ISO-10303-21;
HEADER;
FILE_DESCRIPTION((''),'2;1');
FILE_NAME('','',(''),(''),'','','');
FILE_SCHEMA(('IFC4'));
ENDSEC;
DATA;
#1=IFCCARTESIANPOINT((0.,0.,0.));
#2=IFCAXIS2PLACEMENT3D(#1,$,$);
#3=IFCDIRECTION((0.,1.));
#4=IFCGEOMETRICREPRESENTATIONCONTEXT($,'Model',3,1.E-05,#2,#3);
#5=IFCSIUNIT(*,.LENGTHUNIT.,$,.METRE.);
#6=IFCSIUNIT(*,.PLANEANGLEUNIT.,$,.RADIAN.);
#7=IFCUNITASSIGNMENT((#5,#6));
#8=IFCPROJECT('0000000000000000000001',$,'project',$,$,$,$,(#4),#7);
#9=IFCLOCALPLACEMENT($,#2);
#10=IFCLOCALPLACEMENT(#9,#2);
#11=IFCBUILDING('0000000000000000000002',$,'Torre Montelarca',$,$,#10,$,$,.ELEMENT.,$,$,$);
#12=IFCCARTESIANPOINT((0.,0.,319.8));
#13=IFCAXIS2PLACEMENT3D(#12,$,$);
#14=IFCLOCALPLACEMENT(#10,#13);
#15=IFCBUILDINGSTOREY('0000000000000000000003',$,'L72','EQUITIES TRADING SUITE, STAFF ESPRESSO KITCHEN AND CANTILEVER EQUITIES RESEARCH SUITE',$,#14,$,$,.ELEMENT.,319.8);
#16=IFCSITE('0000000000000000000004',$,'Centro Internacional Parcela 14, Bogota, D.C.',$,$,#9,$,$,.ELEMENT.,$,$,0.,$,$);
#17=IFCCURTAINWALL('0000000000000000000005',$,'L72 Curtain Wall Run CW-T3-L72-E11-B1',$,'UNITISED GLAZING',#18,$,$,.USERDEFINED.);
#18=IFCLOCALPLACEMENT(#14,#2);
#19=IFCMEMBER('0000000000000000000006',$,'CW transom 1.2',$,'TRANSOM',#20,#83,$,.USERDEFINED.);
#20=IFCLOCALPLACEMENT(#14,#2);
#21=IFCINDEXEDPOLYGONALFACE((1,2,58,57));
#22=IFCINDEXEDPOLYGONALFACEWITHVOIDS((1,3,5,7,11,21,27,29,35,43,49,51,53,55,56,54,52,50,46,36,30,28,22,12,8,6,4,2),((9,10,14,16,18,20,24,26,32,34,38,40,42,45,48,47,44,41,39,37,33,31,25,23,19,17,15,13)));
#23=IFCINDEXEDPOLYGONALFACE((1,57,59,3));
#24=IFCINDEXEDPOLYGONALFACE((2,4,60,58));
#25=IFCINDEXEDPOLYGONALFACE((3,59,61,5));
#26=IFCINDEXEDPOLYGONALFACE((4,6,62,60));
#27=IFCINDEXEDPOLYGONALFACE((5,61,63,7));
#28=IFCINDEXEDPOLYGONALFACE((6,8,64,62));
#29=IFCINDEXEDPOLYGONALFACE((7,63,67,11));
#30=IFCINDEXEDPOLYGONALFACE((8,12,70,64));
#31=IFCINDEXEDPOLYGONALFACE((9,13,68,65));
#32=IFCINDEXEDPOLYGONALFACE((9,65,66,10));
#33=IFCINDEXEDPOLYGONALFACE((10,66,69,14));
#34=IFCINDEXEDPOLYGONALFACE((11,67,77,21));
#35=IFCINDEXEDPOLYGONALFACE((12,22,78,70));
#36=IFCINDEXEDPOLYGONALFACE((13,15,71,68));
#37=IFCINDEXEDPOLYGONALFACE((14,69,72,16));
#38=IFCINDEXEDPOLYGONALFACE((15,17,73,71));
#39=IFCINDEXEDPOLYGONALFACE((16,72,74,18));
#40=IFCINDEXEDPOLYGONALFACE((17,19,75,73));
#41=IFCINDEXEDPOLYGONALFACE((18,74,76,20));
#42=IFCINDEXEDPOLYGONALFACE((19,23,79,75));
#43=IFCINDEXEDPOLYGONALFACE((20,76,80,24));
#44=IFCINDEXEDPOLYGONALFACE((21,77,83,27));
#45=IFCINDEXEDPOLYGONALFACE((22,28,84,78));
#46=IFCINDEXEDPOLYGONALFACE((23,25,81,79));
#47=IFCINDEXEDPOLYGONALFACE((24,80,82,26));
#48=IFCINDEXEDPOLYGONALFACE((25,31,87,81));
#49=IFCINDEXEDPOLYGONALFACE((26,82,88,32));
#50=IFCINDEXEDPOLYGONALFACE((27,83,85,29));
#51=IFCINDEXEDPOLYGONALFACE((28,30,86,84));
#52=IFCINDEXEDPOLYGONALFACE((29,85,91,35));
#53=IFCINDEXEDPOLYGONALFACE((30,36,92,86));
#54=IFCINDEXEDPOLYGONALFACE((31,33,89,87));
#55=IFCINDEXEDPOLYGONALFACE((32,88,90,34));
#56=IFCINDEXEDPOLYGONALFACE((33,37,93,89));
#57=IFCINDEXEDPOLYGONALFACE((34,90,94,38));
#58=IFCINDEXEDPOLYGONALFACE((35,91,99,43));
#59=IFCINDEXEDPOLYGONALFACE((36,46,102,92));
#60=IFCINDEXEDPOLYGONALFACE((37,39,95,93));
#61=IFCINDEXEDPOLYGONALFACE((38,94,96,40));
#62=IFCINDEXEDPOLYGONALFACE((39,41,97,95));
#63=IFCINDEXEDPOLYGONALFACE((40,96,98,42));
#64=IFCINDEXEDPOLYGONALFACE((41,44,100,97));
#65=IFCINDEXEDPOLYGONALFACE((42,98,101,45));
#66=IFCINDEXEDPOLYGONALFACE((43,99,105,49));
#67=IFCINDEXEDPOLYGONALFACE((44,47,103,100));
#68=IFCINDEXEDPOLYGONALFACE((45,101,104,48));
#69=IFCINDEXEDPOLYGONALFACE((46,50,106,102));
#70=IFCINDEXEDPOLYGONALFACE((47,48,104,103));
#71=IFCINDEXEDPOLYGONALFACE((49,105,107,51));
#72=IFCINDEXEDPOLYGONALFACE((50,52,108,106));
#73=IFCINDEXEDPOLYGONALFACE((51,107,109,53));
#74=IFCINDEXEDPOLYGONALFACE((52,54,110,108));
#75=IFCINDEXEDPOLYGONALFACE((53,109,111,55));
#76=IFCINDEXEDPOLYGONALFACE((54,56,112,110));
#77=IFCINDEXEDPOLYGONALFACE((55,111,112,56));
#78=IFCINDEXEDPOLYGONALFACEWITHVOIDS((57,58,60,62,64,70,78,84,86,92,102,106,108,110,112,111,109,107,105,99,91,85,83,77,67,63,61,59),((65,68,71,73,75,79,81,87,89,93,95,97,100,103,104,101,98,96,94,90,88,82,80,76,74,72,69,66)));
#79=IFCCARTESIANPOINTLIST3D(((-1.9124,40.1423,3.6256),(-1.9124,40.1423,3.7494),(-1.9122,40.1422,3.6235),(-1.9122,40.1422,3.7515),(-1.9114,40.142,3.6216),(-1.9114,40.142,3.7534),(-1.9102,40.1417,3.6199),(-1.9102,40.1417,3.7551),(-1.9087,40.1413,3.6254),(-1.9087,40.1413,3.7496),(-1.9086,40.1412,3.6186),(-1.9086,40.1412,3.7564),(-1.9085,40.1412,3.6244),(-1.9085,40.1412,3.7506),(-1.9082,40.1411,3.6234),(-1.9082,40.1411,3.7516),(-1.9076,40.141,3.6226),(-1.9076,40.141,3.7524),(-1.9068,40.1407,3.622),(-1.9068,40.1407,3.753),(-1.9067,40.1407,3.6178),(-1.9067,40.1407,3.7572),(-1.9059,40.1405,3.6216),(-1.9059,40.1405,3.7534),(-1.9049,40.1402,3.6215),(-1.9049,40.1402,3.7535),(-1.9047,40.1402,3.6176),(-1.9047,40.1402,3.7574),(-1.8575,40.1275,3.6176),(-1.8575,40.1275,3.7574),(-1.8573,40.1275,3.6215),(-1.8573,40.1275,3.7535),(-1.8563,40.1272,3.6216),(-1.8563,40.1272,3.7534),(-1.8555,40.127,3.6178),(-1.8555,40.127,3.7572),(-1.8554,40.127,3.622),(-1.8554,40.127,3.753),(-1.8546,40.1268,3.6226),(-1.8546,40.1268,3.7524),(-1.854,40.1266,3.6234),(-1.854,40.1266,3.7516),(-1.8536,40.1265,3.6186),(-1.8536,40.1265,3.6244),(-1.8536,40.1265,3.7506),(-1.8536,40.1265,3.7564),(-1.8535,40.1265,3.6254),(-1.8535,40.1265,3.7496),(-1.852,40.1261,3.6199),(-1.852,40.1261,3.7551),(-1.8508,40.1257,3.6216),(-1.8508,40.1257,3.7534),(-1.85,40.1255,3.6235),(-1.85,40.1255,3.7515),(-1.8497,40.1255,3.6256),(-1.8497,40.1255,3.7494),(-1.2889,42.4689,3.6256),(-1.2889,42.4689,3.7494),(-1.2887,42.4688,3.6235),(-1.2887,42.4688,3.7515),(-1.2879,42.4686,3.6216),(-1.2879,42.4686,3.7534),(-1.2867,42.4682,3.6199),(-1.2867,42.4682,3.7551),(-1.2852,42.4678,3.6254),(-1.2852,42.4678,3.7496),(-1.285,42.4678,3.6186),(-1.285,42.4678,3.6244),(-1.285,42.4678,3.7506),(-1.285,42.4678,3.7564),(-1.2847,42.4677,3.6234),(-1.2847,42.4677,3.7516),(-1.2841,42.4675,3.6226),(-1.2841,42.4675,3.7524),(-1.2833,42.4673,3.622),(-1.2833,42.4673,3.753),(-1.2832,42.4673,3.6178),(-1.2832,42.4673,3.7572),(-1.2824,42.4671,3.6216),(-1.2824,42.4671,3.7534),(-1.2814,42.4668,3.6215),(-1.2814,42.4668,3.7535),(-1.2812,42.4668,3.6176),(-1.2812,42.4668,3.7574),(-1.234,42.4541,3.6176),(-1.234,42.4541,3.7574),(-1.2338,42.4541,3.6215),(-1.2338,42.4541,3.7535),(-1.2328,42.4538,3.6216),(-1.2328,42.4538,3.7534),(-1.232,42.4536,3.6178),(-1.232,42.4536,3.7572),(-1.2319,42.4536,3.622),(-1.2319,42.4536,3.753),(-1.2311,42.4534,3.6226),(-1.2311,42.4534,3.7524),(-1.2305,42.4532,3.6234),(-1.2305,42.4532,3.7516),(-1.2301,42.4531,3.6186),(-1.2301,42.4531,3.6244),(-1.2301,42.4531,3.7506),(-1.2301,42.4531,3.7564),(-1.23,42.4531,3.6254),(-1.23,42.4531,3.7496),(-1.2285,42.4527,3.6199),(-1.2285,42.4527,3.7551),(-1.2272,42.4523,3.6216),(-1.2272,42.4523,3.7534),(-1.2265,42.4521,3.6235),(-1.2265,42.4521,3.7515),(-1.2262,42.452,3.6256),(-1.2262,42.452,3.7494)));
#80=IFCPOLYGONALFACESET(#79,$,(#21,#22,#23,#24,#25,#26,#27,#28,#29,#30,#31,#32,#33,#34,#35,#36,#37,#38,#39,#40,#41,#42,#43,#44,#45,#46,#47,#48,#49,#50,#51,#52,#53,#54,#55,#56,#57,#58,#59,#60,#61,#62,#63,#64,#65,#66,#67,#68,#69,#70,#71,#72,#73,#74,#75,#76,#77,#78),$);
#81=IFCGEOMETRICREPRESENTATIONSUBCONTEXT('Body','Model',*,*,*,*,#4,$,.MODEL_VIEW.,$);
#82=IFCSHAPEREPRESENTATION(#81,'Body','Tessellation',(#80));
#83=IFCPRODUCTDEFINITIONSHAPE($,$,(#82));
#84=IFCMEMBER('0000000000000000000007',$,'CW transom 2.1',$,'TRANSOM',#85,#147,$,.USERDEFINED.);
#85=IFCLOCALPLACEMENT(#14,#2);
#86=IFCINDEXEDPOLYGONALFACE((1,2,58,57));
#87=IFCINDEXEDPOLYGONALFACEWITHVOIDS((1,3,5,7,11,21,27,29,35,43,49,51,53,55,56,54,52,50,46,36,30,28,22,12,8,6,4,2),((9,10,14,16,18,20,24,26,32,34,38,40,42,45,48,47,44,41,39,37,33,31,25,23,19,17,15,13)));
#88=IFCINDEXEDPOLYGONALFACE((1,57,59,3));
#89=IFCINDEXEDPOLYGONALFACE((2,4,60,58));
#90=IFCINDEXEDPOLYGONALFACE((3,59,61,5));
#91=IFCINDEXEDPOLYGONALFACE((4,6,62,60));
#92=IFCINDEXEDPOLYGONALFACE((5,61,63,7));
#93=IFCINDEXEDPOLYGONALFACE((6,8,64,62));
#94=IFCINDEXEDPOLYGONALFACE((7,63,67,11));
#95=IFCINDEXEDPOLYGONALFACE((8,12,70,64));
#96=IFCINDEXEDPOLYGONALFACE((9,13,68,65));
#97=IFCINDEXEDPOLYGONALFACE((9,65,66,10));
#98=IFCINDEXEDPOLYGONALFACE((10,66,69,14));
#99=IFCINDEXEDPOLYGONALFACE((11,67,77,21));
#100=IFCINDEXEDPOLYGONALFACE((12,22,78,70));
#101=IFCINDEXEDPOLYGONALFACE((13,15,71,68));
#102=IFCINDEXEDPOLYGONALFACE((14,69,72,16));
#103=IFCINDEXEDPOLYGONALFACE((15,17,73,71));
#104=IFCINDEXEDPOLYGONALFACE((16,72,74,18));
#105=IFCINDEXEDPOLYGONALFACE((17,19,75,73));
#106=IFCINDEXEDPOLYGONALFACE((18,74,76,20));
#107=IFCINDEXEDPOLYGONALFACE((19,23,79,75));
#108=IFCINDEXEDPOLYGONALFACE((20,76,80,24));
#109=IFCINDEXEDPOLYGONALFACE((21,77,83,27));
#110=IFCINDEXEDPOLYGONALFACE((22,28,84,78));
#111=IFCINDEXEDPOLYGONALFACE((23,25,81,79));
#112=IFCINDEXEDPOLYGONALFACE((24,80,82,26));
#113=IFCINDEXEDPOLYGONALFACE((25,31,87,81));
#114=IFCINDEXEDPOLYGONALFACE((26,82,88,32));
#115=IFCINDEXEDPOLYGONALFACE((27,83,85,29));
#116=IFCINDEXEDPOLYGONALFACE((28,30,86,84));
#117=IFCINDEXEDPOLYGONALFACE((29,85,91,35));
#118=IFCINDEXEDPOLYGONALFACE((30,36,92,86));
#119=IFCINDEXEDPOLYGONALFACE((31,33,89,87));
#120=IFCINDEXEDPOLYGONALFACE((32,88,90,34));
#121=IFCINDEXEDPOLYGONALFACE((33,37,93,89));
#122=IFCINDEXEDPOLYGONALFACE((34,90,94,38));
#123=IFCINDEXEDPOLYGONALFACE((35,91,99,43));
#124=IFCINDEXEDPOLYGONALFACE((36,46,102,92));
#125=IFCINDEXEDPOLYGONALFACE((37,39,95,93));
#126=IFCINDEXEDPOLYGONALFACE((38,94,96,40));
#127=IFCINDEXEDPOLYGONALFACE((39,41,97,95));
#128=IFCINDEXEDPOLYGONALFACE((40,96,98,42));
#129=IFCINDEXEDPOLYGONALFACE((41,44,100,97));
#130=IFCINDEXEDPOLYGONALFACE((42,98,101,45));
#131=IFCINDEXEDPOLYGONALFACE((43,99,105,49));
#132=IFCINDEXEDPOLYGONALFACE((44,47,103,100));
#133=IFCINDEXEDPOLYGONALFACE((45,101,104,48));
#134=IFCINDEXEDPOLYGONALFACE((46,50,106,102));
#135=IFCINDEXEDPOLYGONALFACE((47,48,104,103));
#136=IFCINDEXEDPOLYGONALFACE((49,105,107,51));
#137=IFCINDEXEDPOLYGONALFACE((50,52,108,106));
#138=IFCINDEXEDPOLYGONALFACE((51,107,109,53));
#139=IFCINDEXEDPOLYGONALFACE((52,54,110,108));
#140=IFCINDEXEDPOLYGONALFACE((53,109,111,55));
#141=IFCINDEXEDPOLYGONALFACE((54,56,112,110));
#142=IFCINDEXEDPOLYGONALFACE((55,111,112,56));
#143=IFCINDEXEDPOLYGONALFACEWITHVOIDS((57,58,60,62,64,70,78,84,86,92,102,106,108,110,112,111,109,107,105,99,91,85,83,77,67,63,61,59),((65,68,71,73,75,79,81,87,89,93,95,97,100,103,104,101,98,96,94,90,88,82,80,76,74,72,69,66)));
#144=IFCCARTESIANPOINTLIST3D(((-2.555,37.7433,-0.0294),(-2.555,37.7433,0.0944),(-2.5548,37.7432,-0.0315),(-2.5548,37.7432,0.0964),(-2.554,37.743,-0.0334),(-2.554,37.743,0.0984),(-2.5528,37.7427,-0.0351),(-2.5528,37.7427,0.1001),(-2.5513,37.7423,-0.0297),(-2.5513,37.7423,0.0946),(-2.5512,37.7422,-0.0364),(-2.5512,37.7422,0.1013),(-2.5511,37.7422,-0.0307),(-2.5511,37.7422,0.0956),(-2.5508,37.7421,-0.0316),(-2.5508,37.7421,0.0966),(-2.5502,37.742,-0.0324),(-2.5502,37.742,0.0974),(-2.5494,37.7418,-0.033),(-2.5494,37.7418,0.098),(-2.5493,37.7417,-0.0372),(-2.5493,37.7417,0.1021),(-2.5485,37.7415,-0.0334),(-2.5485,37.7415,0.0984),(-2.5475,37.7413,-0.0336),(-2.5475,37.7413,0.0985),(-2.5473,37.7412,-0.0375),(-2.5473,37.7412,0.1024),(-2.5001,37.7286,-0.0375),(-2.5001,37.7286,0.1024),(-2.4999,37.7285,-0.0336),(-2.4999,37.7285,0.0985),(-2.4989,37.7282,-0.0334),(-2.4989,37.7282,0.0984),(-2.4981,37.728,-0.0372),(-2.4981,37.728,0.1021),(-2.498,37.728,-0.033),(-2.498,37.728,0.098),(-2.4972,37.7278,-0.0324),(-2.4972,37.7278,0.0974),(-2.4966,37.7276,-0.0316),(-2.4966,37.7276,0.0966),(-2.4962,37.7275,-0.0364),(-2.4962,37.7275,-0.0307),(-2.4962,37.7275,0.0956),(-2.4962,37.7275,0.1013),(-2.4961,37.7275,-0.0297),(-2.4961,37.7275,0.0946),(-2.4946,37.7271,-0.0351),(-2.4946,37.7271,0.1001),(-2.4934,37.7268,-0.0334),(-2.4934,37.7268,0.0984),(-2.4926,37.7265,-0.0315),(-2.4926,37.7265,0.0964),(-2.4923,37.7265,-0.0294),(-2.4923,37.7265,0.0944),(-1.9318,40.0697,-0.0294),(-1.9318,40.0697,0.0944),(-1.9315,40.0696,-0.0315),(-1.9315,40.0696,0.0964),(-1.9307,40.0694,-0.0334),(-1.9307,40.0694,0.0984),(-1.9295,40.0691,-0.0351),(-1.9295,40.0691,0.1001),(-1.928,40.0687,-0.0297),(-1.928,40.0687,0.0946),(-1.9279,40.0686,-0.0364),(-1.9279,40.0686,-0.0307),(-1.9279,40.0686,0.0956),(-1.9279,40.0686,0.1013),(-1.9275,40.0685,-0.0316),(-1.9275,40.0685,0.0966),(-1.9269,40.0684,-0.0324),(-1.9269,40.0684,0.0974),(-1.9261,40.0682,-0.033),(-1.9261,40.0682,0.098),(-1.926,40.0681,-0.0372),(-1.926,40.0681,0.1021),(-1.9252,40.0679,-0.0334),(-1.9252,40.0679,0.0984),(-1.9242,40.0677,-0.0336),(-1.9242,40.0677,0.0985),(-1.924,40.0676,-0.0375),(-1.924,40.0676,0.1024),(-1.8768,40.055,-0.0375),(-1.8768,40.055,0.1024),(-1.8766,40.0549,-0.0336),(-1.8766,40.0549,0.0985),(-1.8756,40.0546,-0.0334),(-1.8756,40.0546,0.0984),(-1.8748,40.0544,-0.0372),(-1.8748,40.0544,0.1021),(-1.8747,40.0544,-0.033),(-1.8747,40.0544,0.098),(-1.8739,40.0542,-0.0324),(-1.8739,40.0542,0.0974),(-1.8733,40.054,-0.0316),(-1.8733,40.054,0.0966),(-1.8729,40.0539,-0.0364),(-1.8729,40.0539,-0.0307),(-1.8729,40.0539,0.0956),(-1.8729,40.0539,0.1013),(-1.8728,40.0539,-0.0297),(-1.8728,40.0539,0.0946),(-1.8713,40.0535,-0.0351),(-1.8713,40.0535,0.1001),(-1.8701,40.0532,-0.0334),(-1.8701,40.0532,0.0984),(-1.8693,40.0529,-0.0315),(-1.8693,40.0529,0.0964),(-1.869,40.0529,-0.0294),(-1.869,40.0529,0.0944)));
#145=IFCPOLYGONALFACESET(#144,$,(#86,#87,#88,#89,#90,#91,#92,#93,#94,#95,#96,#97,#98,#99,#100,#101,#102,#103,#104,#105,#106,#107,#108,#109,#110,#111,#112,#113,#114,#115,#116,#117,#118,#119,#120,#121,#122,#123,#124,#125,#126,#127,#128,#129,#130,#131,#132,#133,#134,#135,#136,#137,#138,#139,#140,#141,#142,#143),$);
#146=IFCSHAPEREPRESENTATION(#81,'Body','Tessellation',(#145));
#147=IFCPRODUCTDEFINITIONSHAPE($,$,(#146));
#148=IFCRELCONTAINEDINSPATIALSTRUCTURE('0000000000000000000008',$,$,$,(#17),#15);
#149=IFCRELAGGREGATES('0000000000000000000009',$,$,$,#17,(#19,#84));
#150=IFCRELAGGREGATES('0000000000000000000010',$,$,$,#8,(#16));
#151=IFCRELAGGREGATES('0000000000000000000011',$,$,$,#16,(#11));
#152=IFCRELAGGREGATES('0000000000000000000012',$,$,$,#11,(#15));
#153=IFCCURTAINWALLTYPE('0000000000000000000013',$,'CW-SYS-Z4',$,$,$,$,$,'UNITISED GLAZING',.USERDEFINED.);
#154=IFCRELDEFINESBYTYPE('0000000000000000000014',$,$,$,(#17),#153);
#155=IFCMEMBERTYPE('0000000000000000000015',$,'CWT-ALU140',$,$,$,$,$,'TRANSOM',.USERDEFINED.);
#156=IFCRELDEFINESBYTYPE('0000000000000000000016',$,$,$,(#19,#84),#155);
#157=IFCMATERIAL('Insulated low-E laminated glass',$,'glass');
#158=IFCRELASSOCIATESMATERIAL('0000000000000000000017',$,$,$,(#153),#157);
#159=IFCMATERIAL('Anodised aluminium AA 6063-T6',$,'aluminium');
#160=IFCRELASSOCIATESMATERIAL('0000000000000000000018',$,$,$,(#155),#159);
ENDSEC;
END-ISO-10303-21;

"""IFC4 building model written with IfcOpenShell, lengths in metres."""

from ifc_helpers import new_model, si_unit, direction, frame, origin, origin_2d, place, context, subcontext, project, spatial, hollow_rectangle, extrude, source, transform, mapped, material, material_profile, profile_set, type_object, element, aggregate, save


model = new_model("IFC4")

# Units and contexts
model_context = context("Model", 3, precision=1e-05, world=origin(), true_north=direction((0.0, 1.0)))
body_context = subcontext(model_context, "Body", "Model", "MODEL_VIEW")
ifc_project = project(units=[si_unit("LENGTHUNIT", "METRE"), si_unit("PLANEANGLEUNIT", "RADIAN")], contexts=[model_context])

# Site, building, storey
site_placement = place(None, origin())
site = spatial("IfcSite", under=ifc_project, at=site_placement, Name="Centro Internacional Parcela 14, Bogota, D.C.", CompositionType="ELEMENT", RefElevation=0.0)
building_placement = place(site_placement, origin())
building = spatial("IfcBuilding", under=site, at=building_placement, Name="Torre Montelarca", CompositionType="ELEMENT")
storey_placement = place(building_placement, frame((0.0, 0.0, 319.8)))
storey = spatial("IfcBuildingStorey", under=building, at=storey_placement, Name="L72", Description="EQUITIES TRADING SUITE, STAFF ESPRESSO KITCHEN AND CANTILEVER EQUITIES RESEARCH SUITE", CompositionType="ELEMENT", Elevation=319.8)

# Shared definitions
ifc_material_1 = material(Name="Insulated low-E laminated glass", Category="glass")
curtain_wall_type = type_object("IfcCurtainWallType", Name="CW-SYS-Z4", ElementType="UNITISED GLAZING", PredefinedType="USERDEFINED", material=ifc_material_1)
ifc_material_2 = material(Name="Anodised aluminium AA 6063-T6", Category="aluminium")

# Curtain wall, members
curtain_wall_1_placement = place(storey_placement, origin())
curtain_wall_1 = element("IfcCurtainWall", 1, at=curtain_wall_1_placement, inside=storey, type_object=curtain_wall_type, Name="L72 Curtain Wall Run CW-T3-L72-E11-B1", ObjectType="UNITISED GLAZING", PredefinedType="USERDEFINED")
ifc_material_profile_1 = material_profile(ifc_material_2, hollow_rectangle(XDim=0.0649, YDim=0.1399, WallThickness=0.0039, InnerFilletRadius=0.0039, OuterFilletRadius=0.0081, at=origin_2d()), Name="ALU65X140X4", Category="aluminium")
ifc_profile_set_1 = profile_set([ifc_material_profile_1], Name="Anodised aluminium AA 6063-T6")
member_type_1 = type_object("IfcMemberType", Name="CWT-ALU140", ElementType="TRANSOM", PredefinedType="USERDEFINED", material=ifc_profile_set_1)
shared_shape_1 = source(origin(), body_context, "Body", "SweptSolid", [
    extrude(hollow_rectangle(XDim=0.0649, YDim=0.1399, WallThickness=0.0039, InnerFilletRadius=0.0039, OuterFilletRadius=0.0081, at=origin_2d()), origin(), (0.0, 0.0, 1.0), 2.4087),
])
member_1_placement = place(storey_placement, frame((-1.2576, 42.4604, 3.6875), z_axis=(-0.258861, -0.965915, 0.0), x_axis=(0.965915, -0.258861, 0.0)))
member_1 = element("IfcMember", 2, at=member_1_placement, type_object=member_type_1, Name="CW transom 1.2", ObjectType="TRANSOM", PredefinedType="USERDEFINED", context=body_context, shape_type="MappedRepresentation", body=[
    mapped(shared_shape_1, transform((0.0, 0.0, 0.0), scale=1.0)),
])
shared_shape_2 = source(origin(), body_context, "Body", "SweptSolid", [
    extrude(hollow_rectangle(XDim=0.0649, YDim=0.1399, WallThickness=0.0039, InnerFilletRadius=0.0039, OuterFilletRadius=0.0081, at=origin_2d()), origin(), (0.0, 0.0, 1.0), 2.4084),
])
member_2_placement = place(storey_placement, frame((-1.9004, 40.0613, 0.0325), z_axis=(-0.258792, -0.965933, 0.0), x_axis=(0.965933, -0.258792, 0.0)))
member_2 = element("IfcMember", 3, at=member_2_placement, type_object=member_type_1, Name="CW transom 2.1", ObjectType="TRANSOM", PredefinedType="USERDEFINED", context=body_context, shape_type="MappedRepresentation", body=[
    mapped(shared_shape_2, transform((0.0, 0.0, 0.0), scale=1.0)),
])

aggregate(curtain_wall_1, [member_1, member_2])

save(model, "model.ifc")
